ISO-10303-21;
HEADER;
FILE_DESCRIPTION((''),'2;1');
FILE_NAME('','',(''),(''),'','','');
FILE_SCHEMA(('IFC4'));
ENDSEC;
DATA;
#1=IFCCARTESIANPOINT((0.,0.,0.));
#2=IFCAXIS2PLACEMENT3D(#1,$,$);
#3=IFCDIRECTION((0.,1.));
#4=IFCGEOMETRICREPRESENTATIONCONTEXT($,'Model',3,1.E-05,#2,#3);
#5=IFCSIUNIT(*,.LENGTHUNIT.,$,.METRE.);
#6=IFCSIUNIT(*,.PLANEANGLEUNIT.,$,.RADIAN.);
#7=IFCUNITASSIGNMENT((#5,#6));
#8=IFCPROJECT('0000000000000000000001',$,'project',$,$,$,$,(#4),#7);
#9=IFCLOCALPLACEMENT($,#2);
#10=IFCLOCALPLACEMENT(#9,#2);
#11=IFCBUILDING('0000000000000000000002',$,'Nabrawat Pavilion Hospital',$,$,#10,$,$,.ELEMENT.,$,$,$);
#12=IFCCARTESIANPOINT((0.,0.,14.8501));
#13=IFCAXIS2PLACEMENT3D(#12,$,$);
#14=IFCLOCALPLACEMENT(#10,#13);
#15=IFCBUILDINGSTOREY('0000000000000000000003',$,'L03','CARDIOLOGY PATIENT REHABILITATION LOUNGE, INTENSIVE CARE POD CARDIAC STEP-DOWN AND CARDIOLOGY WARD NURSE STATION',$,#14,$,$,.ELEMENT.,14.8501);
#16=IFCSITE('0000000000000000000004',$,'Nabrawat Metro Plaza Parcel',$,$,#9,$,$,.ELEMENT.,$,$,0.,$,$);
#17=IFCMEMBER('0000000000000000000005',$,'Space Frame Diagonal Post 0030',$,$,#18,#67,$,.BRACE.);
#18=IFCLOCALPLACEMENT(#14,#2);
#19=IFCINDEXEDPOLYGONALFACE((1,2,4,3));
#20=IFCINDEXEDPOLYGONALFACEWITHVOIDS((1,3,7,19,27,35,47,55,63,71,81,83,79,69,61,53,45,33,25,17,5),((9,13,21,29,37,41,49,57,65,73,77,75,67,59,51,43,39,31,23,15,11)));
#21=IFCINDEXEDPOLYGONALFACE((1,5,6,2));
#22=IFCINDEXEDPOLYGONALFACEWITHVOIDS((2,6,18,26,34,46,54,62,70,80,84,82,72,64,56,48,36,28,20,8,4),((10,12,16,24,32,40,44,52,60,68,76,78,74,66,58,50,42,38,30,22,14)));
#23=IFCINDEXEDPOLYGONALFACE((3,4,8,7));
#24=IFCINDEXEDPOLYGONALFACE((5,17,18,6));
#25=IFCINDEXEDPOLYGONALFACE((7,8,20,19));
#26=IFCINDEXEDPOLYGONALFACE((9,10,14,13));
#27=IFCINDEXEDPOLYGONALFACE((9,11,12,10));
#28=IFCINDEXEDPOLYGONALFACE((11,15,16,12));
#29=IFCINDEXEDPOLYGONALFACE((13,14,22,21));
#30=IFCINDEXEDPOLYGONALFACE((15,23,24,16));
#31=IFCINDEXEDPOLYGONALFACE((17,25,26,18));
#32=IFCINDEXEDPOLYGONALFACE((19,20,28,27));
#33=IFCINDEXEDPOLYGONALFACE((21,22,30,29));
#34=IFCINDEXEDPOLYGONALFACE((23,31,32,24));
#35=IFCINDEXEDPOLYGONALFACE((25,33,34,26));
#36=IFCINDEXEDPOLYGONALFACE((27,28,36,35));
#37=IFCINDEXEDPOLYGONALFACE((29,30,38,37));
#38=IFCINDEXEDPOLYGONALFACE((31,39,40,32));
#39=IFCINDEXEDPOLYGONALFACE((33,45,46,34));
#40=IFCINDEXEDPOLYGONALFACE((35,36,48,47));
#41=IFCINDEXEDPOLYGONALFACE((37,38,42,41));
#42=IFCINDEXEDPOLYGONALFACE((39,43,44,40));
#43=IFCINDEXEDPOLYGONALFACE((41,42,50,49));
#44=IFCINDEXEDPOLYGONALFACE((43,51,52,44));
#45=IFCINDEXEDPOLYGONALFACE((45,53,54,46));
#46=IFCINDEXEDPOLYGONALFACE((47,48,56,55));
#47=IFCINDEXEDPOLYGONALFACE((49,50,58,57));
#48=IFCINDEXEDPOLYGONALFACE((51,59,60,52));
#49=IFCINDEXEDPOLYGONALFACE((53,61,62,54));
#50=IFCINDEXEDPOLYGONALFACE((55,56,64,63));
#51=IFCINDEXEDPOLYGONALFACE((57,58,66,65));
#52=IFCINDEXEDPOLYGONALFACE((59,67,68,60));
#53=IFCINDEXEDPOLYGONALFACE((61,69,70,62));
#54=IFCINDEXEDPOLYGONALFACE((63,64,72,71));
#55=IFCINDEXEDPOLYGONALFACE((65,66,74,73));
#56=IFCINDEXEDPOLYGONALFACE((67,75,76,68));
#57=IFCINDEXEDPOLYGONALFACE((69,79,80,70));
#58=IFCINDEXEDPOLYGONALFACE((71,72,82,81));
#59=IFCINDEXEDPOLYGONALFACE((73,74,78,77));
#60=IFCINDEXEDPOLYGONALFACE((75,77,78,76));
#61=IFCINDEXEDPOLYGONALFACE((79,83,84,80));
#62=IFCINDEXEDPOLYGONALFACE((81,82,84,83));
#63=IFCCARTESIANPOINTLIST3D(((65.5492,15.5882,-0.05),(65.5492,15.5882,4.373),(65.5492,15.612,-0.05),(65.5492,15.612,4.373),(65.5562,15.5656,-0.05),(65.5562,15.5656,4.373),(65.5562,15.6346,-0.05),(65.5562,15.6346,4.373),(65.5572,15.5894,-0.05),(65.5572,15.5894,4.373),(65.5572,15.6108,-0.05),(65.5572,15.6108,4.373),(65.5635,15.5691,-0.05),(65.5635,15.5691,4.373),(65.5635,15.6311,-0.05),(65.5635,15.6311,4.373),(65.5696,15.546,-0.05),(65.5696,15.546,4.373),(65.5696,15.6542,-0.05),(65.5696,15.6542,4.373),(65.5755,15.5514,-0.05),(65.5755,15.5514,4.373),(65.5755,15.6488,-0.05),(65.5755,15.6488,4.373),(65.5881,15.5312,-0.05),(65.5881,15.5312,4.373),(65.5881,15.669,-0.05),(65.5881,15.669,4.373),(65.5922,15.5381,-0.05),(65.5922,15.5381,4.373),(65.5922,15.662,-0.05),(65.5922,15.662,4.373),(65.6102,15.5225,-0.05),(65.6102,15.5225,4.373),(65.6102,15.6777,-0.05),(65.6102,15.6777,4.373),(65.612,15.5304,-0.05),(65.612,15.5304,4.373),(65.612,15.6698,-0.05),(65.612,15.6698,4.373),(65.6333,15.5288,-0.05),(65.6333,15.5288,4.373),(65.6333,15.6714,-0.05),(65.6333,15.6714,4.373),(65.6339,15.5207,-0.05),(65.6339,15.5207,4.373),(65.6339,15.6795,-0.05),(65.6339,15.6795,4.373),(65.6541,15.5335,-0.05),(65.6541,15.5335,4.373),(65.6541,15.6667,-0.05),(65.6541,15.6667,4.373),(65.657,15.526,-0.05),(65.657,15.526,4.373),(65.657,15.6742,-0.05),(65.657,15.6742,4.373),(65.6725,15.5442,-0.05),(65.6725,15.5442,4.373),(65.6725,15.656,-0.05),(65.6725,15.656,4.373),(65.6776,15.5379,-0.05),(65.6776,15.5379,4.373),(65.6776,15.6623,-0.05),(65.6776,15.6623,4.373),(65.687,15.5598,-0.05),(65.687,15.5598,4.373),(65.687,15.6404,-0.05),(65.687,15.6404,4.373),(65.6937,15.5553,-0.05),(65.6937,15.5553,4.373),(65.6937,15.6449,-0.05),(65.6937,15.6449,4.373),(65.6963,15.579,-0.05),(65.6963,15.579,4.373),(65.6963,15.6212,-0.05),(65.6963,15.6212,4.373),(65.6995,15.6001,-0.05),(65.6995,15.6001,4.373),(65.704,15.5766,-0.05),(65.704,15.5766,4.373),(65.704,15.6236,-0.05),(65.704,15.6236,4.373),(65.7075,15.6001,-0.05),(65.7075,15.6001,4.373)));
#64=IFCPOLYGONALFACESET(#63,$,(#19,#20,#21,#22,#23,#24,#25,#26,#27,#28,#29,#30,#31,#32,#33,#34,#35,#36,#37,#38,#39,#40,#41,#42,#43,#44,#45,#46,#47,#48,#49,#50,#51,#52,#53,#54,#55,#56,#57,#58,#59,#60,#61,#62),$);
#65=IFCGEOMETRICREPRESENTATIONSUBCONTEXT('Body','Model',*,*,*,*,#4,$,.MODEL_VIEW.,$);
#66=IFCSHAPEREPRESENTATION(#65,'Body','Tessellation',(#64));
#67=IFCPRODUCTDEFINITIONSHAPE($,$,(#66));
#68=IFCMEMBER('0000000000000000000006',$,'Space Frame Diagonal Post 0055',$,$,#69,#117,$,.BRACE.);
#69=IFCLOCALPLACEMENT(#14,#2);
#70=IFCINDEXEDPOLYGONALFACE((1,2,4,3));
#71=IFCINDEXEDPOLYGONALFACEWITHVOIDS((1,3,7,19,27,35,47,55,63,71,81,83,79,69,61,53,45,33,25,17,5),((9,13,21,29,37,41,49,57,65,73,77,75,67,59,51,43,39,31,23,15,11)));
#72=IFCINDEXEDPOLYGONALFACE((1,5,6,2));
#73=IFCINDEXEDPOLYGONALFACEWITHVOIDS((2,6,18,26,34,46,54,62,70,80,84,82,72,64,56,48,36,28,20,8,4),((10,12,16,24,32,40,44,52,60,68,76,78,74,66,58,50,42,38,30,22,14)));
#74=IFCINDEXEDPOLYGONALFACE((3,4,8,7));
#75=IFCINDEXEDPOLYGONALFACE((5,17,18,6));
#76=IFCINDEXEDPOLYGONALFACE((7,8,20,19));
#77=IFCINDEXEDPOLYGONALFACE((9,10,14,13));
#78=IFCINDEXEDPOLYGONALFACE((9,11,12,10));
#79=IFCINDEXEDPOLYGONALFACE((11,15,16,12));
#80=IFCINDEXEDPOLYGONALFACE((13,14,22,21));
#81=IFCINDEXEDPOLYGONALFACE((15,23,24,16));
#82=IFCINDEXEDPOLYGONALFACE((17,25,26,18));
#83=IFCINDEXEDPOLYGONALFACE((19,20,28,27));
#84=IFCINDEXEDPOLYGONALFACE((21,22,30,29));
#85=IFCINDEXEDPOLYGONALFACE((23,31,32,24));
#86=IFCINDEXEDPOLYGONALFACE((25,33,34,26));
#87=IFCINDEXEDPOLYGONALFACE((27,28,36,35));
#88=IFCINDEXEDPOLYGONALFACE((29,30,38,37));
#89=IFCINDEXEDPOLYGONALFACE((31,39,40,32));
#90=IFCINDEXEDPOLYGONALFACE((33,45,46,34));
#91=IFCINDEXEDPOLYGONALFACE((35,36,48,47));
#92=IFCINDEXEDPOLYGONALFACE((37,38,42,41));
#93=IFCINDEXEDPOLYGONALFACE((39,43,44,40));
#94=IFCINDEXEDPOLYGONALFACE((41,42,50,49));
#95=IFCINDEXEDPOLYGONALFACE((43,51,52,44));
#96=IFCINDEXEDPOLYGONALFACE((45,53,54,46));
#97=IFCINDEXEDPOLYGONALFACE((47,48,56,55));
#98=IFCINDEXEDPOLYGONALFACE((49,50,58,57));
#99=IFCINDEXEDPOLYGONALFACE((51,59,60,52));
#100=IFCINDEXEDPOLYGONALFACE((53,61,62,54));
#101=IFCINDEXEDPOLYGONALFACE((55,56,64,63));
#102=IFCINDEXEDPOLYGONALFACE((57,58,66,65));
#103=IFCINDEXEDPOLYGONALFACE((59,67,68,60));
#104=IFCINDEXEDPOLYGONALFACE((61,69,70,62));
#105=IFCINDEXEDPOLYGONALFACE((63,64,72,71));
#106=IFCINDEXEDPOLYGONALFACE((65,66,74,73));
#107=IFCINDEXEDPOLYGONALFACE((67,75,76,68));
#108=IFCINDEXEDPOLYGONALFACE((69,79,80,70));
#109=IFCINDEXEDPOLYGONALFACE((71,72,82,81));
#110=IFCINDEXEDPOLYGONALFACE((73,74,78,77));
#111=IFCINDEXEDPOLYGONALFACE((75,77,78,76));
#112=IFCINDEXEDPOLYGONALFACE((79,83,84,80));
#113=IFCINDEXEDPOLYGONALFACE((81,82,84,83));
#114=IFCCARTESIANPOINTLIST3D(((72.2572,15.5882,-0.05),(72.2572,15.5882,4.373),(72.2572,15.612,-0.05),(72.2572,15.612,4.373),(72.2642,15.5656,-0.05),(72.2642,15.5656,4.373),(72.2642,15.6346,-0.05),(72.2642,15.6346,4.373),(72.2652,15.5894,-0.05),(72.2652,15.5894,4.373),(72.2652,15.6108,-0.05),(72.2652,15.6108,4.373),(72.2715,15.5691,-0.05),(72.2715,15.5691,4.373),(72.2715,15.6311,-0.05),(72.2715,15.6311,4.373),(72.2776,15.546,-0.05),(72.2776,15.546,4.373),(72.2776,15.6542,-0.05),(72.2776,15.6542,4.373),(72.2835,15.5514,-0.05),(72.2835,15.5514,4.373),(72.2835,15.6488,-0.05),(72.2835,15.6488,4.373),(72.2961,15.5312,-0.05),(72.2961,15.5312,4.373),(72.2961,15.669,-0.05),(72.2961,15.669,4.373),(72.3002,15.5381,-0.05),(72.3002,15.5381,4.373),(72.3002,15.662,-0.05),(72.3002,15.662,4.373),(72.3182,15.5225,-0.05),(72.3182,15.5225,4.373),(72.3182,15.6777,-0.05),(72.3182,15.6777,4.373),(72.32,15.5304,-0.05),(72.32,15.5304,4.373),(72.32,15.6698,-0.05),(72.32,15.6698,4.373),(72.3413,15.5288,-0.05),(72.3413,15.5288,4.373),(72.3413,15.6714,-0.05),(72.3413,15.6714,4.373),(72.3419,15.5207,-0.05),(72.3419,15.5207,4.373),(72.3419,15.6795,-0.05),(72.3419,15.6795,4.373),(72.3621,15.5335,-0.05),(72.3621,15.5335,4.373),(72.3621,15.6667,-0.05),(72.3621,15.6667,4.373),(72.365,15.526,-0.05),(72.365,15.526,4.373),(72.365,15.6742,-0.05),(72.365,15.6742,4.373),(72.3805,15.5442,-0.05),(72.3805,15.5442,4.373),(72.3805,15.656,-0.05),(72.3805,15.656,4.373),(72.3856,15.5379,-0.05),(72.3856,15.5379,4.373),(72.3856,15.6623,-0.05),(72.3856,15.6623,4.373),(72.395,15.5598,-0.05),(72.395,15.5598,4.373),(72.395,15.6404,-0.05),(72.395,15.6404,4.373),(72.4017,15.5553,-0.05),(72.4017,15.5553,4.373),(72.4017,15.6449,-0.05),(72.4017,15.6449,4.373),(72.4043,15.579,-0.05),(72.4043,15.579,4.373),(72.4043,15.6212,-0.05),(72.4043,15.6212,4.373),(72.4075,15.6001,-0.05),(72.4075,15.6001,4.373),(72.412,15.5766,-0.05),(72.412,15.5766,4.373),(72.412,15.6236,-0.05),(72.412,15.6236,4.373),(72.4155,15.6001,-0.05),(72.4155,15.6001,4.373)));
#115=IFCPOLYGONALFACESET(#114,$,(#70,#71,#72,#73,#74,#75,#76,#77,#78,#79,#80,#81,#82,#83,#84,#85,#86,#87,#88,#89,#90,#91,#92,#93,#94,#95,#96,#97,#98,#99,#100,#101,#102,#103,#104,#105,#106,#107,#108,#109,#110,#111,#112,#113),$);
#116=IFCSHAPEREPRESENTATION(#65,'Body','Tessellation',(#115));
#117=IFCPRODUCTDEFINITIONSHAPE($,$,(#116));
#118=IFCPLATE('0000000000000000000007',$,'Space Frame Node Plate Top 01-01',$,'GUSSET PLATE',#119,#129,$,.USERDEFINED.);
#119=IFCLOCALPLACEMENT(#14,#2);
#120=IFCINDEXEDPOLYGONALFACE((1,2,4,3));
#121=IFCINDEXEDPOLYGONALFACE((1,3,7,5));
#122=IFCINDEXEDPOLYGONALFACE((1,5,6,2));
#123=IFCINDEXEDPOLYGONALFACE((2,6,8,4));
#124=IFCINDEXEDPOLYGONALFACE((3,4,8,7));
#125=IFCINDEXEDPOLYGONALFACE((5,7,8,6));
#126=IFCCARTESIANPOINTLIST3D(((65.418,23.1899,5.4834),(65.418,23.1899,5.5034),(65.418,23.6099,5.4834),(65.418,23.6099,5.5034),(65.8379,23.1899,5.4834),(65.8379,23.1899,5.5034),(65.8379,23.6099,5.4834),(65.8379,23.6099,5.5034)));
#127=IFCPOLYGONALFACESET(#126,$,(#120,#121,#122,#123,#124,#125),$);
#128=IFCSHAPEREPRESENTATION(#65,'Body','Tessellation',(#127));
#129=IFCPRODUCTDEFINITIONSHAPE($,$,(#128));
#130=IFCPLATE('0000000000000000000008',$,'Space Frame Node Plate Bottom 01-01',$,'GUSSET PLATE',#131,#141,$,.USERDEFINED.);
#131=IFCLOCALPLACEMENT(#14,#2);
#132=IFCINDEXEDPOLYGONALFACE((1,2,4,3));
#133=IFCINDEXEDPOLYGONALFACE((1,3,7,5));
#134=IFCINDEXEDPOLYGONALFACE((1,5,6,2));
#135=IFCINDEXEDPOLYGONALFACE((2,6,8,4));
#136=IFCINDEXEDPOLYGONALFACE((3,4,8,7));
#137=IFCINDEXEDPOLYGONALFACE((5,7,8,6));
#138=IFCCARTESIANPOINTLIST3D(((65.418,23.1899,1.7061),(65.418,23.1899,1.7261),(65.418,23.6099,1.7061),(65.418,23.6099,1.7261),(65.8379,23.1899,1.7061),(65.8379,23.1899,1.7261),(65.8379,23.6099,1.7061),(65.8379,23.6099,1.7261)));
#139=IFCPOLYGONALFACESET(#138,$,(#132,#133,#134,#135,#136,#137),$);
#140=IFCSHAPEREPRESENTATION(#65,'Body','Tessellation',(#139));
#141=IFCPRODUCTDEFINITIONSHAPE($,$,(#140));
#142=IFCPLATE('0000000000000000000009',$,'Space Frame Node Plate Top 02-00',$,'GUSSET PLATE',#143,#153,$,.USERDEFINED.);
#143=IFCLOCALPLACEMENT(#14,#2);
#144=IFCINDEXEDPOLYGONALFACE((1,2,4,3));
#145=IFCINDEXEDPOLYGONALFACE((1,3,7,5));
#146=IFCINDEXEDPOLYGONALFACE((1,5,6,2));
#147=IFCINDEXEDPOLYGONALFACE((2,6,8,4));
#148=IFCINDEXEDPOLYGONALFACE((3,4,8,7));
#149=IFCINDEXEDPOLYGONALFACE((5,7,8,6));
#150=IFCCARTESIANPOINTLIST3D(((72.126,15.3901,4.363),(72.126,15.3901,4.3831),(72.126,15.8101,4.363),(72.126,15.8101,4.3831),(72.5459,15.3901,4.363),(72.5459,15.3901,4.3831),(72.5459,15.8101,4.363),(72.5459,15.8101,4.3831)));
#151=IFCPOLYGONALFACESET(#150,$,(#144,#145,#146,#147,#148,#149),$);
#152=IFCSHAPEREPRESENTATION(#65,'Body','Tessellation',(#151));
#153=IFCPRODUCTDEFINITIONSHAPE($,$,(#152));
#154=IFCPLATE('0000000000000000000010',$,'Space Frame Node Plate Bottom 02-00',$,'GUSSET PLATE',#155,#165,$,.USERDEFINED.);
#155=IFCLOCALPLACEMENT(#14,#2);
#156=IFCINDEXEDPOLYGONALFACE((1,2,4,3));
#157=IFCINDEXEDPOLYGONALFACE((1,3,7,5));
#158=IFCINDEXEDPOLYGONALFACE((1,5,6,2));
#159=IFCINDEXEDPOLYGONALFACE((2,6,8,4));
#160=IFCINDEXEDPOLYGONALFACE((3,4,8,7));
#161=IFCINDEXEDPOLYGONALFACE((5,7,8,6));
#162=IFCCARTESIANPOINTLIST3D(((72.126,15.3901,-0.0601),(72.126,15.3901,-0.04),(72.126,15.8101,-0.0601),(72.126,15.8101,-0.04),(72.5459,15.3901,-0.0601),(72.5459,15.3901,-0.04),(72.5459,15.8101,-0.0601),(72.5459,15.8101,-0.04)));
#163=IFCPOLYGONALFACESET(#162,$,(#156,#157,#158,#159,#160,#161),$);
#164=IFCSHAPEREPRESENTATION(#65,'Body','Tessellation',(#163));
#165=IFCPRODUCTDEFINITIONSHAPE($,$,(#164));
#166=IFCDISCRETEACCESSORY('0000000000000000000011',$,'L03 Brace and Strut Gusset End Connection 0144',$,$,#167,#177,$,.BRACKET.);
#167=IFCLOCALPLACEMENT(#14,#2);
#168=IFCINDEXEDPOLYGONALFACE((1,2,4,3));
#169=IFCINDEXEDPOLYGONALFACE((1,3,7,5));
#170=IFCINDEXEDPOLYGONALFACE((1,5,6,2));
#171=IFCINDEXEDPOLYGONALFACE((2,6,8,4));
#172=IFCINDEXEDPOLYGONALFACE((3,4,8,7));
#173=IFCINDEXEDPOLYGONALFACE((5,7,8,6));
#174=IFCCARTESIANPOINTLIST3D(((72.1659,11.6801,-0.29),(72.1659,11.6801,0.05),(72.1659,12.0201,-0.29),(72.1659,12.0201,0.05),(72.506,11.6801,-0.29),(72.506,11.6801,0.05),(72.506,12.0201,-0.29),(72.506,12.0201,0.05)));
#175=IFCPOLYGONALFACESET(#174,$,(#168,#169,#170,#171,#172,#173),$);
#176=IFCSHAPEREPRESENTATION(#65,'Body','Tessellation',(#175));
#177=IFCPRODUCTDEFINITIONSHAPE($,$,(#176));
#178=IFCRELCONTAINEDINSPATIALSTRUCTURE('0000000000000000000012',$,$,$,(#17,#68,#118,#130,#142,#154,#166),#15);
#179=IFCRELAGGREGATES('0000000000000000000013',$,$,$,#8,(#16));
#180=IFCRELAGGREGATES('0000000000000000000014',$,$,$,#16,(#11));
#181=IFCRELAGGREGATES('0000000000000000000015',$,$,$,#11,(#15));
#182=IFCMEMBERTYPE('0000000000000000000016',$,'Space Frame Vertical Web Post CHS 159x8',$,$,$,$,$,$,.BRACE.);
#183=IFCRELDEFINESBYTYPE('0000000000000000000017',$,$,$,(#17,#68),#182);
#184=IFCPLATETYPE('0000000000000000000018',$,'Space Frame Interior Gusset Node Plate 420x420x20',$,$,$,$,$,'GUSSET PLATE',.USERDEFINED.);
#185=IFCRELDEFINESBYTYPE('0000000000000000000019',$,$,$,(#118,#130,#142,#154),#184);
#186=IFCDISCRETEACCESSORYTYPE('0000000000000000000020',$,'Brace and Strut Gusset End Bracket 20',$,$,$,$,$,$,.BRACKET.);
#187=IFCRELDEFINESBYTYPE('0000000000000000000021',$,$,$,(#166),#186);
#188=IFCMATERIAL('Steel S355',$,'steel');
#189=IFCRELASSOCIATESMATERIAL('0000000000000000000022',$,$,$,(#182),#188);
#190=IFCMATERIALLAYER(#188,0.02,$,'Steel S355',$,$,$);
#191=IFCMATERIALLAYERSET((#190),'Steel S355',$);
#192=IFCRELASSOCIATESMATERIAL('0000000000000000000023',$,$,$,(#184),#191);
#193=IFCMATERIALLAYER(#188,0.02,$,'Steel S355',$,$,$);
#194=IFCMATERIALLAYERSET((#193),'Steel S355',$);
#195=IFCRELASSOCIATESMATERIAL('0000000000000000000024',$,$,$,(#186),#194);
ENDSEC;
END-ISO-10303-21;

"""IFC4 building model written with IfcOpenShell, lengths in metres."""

from ifc_helpers import new_model, si_unit, direction, frame, origin, origin_2d, place, context, subcontext, project, spatial, rectangle, hollow_circle, extrude, material, layer, layer_set, material_profile, profile_set, type_object, element, save


model = new_model("IFC4")

# Units and contexts
model_context = context("Model", 3, precision=1e-05, world=origin(), true_north=direction((0.0, 1.0)))
body_context = subcontext(model_context, "Body", "Model", "MODEL_VIEW")
ifc_project = project(units=[si_unit("LENGTHUNIT", "METRE"), si_unit("PLANEANGLEUNIT", "RADIAN")], contexts=[model_context])

# Site, building, storey
site_placement = place(None, origin())
site = spatial("IfcSite", under=ifc_project, at=site_placement, Name="Nabrawat Metro Plaza Parcel", CompositionType="ELEMENT", RefElevation=0.0)
building_placement = place(site_placement, origin())
building = spatial("IfcBuilding", under=site, at=building_placement, Name="Nabrawat Pavilion Hospital", CompositionType="ELEMENT")
storey_placement = place(building_placement, frame((0.0, 0.0, 14.8501)))
storey = spatial("IfcBuildingStorey", under=building, at=storey_placement, Name="L03", Description="CARDIOLOGY PATIENT REHABILITATION LOUNGE, INTENSIVE CARE POD CARDIAC STEP-DOWN AND CARDIOLOGY WARD NURSE STATION", CompositionType="ELEMENT", Elevation=14.8501)

# Shared definitions
ifc_material = material(Name="Steel S355", Category="steel")

# Members
ifc_material_profile_1 = material_profile(ifc_material, hollow_circle(Radius=0.0796, WallThickness=0.0081, at=origin_2d()), Name="CHS 159x8")
ifc_profile_set_1 = profile_set([ifc_material_profile_1], Name="Steel S355")
member_type_1 = type_object("IfcMemberType", Name="Space Frame Vertical Web Post CHS 159x8", PredefinedType="BRACE", material=ifc_profile_set_1)
for number, where, z_axis, x_axis, name in (
    (1, (65.6279, 15.6001, -0.05), (0.0, 0.0, 1.0), (1.0, 0.0, 0.0), "Space Frame Diagonal Post 0030"),
    (2, (72.3359, 15.6001, -0.05), (0.0, 0.0, 1.0), (1.0, 0.0, 0.0), "Space Frame Diagonal Post 0055"),
):
    element("IfcMember", number, at=place(storey_placement, frame(where, z_axis=z_axis, x_axis=x_axis)), inside=storey, type_object=member_type_1, Name=name, PredefinedType="BRACE", context=body_context, shape_type="SweptSolid", body=[
        extrude(hollow_circle(Radius=0.0796, WallThickness=0.0081, at=origin_2d()), origin(), (0.0, 0.0, 1.0), 4.4231),
    ])

# Plates
ifc_layer_1 = layer(ifc_material, 0.02, Name="Steel S355")
ifc_layer_set_1 = layer_set([ifc_layer_1], Name="Steel S355")
plate_type = type_object("IfcPlateType", Name="Space Frame Interior Gusset Node Plate 420x420x20", ElementType="GUSSET PLATE", PredefinedType="USERDEFINED", material=ifc_layer_set_1)
for number, where, z_axis, x_axis, name in (
    (3, (65.6279, 23.3999, 5.4834), (0.0, 0.0, 1.0), (1.0, 0.0, 0.0), "Space Frame Node Plate Top 01-01"),
    (4, (65.6279, 23.3999, 1.7061), (0.0, 0.0, 1.0), (1.0, 0.0, 0.0), "Space Frame Node Plate Bottom 01-01"),
    (5, (72.3359, 15.6001, 4.363), (0.0, 0.0, 1.0), (1.0, 0.0, 0.0), "Space Frame Node Plate Top 02-00"),
    (6, (72.3359, 15.6001, -0.0601), (0.0, 0.0, 1.0), (1.0, 0.0, 0.0), "Space Frame Node Plate Bottom 02-00"),
):
    element("IfcPlate", number, at=place(storey_placement, frame(where, z_axis=z_axis, x_axis=x_axis)), inside=storey, type_object=plate_type, Name=name, ObjectType="GUSSET PLATE", PredefinedType="USERDEFINED", context=body_context, shape_type="SweptSolid", body=[
        extrude(rectangle(XDim=0.4199, YDim=0.4199, at=origin_2d()), origin(), (0.0, 0.0, 1.0), 0.02),
    ])

# Discrete accessory
ifc_layer_2 = layer(ifc_material, 0.02, Name="Steel S355")
ifc_layer_set_2 = layer_set([ifc_layer_2], Name="Steel S355")
discrete_accessory_type = type_object("IfcDiscreteAccessoryType", Name="Brace and Strut Gusset End Bracket 20", PredefinedType="BRACKET", material=ifc_layer_set_2)
discrete_accessory_placement = place(storey_placement, frame((72.3359, 11.8501, -0.29), z_axis=(0.0, 0.0, 1.0), x_axis=(1.0, 0.0, 0.0)))
element("IfcDiscreteAccessory", 7, at=discrete_accessory_placement, inside=storey, type_object=discrete_accessory_type, Name="L03 Brace and Strut Gusset End Connection 0144", PredefinedType="BRACKET", context=body_context, shape_type="SweptSolid", body=[
    extrude(rectangle(XDim=0.3401, YDim=0.3401, at=origin_2d()), origin(), (0.0, 0.0, 1.0), 0.3401),
])

save(model, "model.ifc")
